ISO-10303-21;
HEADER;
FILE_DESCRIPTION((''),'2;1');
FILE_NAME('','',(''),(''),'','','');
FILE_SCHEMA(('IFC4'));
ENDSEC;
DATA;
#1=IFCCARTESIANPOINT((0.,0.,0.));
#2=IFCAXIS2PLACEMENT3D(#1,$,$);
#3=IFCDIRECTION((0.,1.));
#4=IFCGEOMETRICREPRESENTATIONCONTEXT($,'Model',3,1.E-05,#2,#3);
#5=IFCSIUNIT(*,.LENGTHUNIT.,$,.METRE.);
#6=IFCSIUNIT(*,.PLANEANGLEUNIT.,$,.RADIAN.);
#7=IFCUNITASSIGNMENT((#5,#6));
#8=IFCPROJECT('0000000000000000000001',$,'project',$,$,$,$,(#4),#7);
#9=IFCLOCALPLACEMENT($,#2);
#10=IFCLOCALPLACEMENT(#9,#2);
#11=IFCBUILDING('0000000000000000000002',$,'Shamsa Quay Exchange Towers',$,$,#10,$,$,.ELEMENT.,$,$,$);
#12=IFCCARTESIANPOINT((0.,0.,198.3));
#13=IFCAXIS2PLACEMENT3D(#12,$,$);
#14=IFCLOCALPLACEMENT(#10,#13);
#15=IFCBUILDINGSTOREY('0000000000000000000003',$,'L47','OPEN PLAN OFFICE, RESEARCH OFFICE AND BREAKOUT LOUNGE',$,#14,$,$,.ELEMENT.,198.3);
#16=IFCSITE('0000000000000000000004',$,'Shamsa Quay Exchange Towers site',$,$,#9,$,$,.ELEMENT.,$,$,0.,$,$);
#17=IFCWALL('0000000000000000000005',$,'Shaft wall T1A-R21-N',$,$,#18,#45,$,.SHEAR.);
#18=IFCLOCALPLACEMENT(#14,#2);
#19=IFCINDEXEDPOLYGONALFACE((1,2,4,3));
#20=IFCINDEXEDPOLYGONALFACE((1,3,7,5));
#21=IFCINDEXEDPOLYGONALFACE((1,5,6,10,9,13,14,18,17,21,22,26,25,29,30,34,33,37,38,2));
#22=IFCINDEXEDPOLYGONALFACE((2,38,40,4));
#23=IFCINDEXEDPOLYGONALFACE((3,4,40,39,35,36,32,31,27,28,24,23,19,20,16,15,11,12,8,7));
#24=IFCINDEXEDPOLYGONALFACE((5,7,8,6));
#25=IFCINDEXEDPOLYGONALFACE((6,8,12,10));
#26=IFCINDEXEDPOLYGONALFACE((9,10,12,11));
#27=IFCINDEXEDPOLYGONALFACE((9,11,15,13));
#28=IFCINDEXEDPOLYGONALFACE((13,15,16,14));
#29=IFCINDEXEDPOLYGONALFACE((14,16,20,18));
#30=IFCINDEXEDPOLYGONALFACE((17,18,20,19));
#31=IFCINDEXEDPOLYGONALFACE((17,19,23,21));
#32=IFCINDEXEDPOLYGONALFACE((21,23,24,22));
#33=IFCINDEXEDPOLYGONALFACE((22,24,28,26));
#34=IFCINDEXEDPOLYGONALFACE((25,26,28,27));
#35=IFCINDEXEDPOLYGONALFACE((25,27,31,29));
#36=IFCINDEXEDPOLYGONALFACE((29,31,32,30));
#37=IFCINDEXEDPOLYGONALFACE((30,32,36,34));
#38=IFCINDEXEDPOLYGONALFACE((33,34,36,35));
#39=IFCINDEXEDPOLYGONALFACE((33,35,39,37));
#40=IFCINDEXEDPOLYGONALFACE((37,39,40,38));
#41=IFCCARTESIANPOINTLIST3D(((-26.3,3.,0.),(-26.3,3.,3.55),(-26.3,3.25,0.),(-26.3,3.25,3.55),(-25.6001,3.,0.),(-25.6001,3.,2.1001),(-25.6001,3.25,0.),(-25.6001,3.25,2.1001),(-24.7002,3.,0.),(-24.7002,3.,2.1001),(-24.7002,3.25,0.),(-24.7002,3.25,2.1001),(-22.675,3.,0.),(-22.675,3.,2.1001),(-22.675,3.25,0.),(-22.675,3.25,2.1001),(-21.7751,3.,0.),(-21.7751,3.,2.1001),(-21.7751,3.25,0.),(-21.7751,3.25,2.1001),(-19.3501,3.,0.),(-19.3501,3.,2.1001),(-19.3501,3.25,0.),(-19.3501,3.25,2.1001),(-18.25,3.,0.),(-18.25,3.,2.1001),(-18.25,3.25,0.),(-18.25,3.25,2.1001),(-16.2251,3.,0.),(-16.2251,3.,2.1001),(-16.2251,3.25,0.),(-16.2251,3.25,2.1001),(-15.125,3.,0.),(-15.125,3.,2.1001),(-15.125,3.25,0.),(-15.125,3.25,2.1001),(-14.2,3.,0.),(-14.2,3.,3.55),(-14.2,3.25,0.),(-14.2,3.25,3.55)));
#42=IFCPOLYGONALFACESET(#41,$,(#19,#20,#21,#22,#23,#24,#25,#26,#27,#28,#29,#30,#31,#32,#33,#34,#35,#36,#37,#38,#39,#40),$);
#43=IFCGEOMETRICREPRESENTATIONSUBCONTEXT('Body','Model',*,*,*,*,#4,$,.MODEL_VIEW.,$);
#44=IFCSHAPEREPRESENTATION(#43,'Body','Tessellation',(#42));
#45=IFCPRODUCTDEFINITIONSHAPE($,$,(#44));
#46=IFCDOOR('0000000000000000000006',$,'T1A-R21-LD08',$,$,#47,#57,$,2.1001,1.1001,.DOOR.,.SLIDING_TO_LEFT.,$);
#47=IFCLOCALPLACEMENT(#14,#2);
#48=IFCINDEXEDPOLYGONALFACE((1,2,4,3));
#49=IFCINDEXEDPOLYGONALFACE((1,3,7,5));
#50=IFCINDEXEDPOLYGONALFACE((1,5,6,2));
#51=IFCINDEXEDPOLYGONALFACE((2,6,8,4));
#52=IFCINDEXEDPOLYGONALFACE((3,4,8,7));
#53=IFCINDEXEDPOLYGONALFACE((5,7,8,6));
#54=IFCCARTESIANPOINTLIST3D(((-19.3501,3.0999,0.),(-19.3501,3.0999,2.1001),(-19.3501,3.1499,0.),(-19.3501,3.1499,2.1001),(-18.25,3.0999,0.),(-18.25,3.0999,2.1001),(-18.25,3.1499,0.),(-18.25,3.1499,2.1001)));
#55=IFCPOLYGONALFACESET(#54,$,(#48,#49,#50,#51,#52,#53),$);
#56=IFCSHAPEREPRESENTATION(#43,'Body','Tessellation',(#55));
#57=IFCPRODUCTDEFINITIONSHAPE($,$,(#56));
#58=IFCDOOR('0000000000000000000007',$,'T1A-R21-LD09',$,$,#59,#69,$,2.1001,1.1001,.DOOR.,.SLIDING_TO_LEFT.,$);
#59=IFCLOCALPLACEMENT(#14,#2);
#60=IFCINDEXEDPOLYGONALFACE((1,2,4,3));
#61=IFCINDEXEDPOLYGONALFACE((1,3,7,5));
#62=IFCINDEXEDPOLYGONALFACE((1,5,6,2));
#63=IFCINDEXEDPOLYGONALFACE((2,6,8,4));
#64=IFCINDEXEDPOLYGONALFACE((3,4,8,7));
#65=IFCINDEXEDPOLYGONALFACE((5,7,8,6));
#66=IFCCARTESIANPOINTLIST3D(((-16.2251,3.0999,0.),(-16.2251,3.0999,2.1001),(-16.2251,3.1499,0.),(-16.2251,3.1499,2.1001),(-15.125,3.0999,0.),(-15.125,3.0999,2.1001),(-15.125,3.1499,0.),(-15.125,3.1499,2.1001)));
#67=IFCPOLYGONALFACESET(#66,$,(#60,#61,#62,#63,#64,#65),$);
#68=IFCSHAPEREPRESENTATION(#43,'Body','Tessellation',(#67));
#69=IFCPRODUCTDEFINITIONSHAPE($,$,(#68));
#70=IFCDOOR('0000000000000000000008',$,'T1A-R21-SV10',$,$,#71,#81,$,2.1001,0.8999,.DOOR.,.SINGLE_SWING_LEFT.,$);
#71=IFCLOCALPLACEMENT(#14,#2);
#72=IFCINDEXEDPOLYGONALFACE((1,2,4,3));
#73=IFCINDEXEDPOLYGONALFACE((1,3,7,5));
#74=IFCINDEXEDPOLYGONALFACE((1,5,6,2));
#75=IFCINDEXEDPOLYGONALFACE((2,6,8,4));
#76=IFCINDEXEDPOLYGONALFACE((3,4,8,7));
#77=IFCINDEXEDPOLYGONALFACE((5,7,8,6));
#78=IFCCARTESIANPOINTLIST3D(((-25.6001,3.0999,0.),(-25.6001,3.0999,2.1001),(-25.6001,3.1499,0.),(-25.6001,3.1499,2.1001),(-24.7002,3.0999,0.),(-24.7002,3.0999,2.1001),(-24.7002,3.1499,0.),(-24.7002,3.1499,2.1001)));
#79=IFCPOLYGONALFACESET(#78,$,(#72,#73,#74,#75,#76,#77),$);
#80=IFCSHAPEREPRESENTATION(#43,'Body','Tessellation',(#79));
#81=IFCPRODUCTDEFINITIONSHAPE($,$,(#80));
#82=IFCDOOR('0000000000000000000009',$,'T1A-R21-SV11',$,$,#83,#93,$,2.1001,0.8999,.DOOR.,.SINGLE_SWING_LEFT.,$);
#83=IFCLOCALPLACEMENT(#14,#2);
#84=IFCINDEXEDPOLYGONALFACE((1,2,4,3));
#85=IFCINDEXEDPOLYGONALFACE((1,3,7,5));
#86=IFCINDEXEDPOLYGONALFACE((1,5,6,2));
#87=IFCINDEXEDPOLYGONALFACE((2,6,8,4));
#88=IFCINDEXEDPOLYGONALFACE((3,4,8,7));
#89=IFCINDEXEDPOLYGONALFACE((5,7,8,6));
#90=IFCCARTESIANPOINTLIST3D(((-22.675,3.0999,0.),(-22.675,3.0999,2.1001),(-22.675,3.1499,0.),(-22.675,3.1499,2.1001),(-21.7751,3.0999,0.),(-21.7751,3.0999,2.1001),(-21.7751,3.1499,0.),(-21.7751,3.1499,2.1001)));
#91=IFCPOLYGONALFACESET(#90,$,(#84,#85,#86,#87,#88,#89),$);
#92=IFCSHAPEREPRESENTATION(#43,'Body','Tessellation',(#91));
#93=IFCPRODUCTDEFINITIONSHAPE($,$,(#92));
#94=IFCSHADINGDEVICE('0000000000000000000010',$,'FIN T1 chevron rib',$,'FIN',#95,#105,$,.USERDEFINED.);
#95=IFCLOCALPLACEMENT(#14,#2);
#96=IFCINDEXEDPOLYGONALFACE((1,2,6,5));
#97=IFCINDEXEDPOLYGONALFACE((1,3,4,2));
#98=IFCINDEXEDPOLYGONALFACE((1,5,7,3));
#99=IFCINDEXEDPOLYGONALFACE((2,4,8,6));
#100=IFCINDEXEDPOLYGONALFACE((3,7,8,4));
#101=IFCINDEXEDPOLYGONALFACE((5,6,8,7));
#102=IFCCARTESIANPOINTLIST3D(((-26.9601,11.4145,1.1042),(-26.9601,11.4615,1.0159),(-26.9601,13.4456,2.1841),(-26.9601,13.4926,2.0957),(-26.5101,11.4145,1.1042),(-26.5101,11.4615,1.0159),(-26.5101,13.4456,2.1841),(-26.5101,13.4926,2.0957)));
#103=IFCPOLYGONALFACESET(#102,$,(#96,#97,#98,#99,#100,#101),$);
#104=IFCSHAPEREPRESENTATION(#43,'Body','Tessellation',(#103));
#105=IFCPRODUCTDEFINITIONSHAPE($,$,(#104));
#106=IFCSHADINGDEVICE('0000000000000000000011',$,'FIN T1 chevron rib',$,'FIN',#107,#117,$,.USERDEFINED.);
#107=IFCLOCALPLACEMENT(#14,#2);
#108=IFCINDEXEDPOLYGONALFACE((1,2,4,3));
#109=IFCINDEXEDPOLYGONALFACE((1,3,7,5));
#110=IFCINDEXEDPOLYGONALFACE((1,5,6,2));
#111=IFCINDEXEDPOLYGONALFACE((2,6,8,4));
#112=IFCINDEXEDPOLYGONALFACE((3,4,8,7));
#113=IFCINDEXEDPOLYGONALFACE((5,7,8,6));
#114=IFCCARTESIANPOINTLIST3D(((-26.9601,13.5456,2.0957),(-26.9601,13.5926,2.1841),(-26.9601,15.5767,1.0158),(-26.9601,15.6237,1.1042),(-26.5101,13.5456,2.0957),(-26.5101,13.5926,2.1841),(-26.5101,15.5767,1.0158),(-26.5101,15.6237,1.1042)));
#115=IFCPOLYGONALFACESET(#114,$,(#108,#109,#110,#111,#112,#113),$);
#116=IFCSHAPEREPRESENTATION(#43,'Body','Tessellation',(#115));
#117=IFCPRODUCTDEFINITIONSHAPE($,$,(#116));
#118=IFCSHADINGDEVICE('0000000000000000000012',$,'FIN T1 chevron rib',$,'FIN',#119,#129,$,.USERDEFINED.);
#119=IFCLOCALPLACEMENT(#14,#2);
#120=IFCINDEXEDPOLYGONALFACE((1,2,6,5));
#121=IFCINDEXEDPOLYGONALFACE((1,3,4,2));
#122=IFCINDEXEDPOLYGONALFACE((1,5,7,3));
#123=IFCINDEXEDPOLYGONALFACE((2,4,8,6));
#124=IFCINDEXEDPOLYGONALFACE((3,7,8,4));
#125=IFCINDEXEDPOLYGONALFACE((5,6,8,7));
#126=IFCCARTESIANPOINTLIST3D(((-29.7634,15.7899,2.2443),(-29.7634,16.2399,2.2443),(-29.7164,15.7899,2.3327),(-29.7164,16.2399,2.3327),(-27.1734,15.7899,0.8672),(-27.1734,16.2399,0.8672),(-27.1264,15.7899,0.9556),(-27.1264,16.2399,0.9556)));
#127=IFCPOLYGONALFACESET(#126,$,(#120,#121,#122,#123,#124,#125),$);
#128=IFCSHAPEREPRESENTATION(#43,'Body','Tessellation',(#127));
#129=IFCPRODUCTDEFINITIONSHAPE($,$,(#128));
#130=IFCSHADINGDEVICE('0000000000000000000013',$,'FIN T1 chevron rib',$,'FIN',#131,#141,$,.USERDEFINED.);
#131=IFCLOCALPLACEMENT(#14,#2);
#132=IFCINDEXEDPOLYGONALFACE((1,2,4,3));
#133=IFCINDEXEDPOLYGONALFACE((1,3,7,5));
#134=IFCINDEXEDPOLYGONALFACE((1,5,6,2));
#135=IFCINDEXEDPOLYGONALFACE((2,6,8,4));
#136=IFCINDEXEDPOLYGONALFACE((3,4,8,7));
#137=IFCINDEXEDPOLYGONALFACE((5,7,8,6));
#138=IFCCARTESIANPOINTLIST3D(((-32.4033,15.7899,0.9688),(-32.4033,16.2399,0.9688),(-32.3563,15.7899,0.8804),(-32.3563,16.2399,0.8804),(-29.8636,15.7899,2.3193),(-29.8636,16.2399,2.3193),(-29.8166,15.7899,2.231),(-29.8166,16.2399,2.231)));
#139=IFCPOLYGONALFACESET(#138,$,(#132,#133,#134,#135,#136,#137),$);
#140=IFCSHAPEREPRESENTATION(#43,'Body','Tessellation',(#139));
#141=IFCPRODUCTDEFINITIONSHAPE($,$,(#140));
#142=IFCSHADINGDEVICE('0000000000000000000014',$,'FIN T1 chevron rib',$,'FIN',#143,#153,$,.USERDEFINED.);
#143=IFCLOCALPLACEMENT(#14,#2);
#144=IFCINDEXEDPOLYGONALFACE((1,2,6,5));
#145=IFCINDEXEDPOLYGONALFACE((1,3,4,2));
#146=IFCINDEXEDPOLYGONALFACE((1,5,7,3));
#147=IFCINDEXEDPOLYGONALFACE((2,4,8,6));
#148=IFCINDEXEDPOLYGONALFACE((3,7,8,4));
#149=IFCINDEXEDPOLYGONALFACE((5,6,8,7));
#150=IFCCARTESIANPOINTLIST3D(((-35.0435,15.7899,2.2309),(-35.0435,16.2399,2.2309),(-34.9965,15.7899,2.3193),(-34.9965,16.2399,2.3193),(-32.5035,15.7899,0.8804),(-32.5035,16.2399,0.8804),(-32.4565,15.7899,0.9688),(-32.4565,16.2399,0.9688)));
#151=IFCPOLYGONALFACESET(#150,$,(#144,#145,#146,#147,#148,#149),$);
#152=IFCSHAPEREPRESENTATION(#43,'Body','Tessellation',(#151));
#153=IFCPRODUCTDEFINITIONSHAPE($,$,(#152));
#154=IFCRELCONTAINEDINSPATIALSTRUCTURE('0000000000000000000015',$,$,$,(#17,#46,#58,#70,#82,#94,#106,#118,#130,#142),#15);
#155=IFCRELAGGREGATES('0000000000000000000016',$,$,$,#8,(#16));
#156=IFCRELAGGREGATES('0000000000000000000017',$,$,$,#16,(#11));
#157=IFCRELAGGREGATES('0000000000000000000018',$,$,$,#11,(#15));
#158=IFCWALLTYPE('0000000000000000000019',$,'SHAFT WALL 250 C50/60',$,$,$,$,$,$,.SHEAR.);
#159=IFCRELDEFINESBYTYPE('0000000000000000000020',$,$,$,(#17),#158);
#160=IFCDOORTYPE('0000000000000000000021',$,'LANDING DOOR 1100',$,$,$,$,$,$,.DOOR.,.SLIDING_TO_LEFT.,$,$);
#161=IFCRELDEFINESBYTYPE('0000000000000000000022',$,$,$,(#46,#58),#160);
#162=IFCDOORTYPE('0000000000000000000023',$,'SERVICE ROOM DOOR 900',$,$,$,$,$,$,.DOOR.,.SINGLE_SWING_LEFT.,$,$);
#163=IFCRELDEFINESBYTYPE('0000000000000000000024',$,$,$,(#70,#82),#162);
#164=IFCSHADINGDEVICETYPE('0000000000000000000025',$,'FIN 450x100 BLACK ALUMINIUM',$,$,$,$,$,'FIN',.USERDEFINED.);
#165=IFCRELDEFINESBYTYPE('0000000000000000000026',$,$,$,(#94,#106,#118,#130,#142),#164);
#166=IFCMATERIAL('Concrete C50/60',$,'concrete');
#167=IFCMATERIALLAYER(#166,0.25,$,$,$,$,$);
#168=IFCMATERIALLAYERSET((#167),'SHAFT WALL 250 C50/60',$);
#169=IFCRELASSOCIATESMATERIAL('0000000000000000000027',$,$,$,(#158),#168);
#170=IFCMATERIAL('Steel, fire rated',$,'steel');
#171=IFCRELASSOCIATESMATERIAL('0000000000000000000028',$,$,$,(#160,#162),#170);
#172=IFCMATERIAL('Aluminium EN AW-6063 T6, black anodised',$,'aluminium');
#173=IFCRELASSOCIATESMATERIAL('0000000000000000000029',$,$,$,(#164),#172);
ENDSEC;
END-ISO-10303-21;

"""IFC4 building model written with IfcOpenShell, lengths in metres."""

from ifc_helpers import new_model, si_unit, direction, frame, frame_2d, origin, origin_2d, place, context, subcontext, project, spatial, rectangle, extrude, material, layer, layer_set, material_profile, profile_set, type_object, element, fill, save


model = new_model("IFC4")

# Units and contexts
model_context = context("Model", 3, precision=1e-05, world=origin(), true_north=direction((0.0, 1.0)))
body_context = subcontext(model_context, "Body", "Model", "MODEL_VIEW")
ifc_project = project(units=[si_unit("LENGTHUNIT", "METRE"), si_unit("PLANEANGLEUNIT", "RADIAN")], contexts=[model_context])

# Site, building, storey
site_placement = place(None, origin())
site = spatial("IfcSite", under=ifc_project, at=site_placement, Name="Shamsa Quay Exchange Towers site", CompositionType="ELEMENT", RefElevation=0.0)
building_placement = place(site_placement, origin())
building = spatial("IfcBuilding", under=site, at=building_placement, Name="Shamsa Quay Exchange Towers", CompositionType="ELEMENT")
storey_placement = place(building_placement, frame((0.0, 0.0, 198.3)))
storey = spatial("IfcBuildingStorey", under=building, at=storey_placement, Name="L47", Description="OPEN PLAN OFFICE, RESEARCH OFFICE AND BREAKOUT LOUNGE", CompositionType="ELEMENT", Elevation=198.3)

# Shared definitions
ifc_material_1 = material(Name="Aluminium EN AW-6063 T6, black anodised", Category="aluminium")

# Shared definitions
ifc_material_2 = material(Name="Steel, fire rated", Category="steel")

# Wall, openings, doors
ifc_material_3 = material(Name="Concrete C50/60", Category="concrete")
ifc_layer_1 = layer(ifc_material_3, 0.25)
ifc_layer_set_1 = layer_set([ifc_layer_1], Name="SHAFT WALL 250 C50/60")
wall_type_1 = type_object("IfcWallType", Name="SHAFT WALL 250 C50/60", PredefinedType="SHEAR", material=ifc_layer_set_1)
wall_1_placement = place(storey_placement, frame((-26.3, 3.125, 0.0)))
wall_1 = element("IfcWall", 1, at=wall_1_placement, inside=storey, type_object=wall_type_1, Name="Shaft wall T1A-R21-N", PredefinedType="SHEAR", context=body_context, shape_type="SweptSolid", body=[
    extrude(rectangle(XDim=12.1001, YDim=0.25, at=frame_2d((6.05, 0.0))), origin(), (0.0, 0.0, 1.0), 3.55),
])
opening_1_placement = place(wall_1_placement, frame((6.95, 0.0, 0.0)))
opening_1 = element("IfcOpeningElement", 2, at=opening_1_placement, cuts=wall_1, PredefinedType="OPENING", context=body_context, shape_type="SweptSolid", body=[
    extrude(rectangle(XDim=1.1001, YDim=2.1001, at=frame_2d((0.55, 1.05))), frame((0.0, 0.135, 0.0), z_axis=(0.0, -1.0, 0.0), x_axis=(1.0, 0.0, 0.0)), (0.0, 0.0, 1.0), 0.27),
])
opening_2_placement = place(wall_1_placement, frame((10.075, 0.0, 0.0)))
opening_2 = element("IfcOpeningElement", 3, at=opening_2_placement, cuts=wall_1, PredefinedType="OPENING", context=body_context, shape_type="SweptSolid", body=[
    extrude(rectangle(XDim=1.1001, YDim=2.1001, at=frame_2d((0.55, 1.05))), frame((0.0, 0.135, 0.0), z_axis=(0.0, -1.0, 0.0), x_axis=(1.0, 0.0, 0.0)), (0.0, 0.0, 1.0), 0.27),
])
opening_3_placement = place(wall_1_placement, frame((0.7, 0.0, 0.0)))
opening_3 = element("IfcOpeningElement", 4, at=opening_3_placement, cuts=wall_1, PredefinedType="OPENING", context=body_context, shape_type="SweptSolid", body=[
    extrude(rectangle(XDim=0.8999, YDim=2.1001, at=frame_2d((0.45, 1.05))), frame((0.0, 0.135, 0.0), z_axis=(0.0, -1.0, 0.0), x_axis=(1.0, 0.0, 0.0)), (0.0, 0.0, 1.0), 0.27),
])
opening_4_placement = place(wall_1_placement, frame((3.625, 0.0, 0.0)))
opening_4 = element("IfcOpeningElement", 5, at=opening_4_placement, cuts=wall_1, PredefinedType="OPENING", context=body_context, shape_type="SweptSolid", body=[
    extrude(rectangle(XDim=0.8999, YDim=2.1001, at=frame_2d((0.45, 1.05))), frame((0.0, 0.135, 0.0), z_axis=(0.0, -1.0, 0.0), x_axis=(1.0, 0.0, 0.0)), (0.0, 0.0, 1.0), 0.27),
])
door_type_1 = type_object("IfcDoorType", Name="LANDING DOOR 1100", OperationType="SLIDING_TO_LEFT", PredefinedType="DOOR", material=ifc_material_2)
door_1_placement = place(opening_1_placement, origin())
door_1 = element("IfcDoor", 6, at=door_1_placement, inside=storey, type_object=door_type_1, Name="T1A-R21-LD08", OperationType="SLIDING_TO_LEFT", OverallHeight=2.1001, OverallWidth=1.1001, PredefinedType="DOOR", context=body_context, shape_type="SweptSolid", body=[
    extrude(rectangle(XDim=1.1001, YDim=2.1001, at=frame_2d((0.55, 1.05))), frame((0.0, 0.0249, 0.0), z_axis=(0.0, -1.0, 0.0), x_axis=(1.0, 0.0, 0.0)), (0.0, 0.0, 1.0), 0.05),
])
fill(opening_1, door_1)
door_2_placement = place(opening_2_placement, origin())
door_2 = element("IfcDoor", 7, at=door_2_placement, inside=storey, type_object=door_type_1, Name="T1A-R21-LD09", OperationType="SLIDING_TO_LEFT", OverallHeight=2.1001, OverallWidth=1.1001, PredefinedType="DOOR", context=body_context, shape_type="SweptSolid", body=[
    extrude(rectangle(XDim=1.1001, YDim=2.1001, at=frame_2d((0.55, 1.05))), frame((0.0, 0.0249, 0.0), z_axis=(0.0, -1.0, 0.0), x_axis=(1.0, 0.0, 0.0)), (0.0, 0.0, 1.0), 0.05),
])
fill(opening_2, door_2)
door_type_2 = type_object("IfcDoorType", Name="SERVICE ROOM DOOR 900", OperationType="SINGLE_SWING_LEFT", PredefinedType="DOOR", material=ifc_material_2)
door_3_placement = place(opening_3_placement, origin())
door_3 = element("IfcDoor", 8, at=door_3_placement, inside=storey, type_object=door_type_2, Name="T1A-R21-SV10", OperationType="SINGLE_SWING_LEFT", OverallHeight=2.1001, OverallWidth=0.8999, PredefinedType="DOOR", context=body_context, shape_type="SweptSolid", body=[
    extrude(rectangle(XDim=0.8999, YDim=2.1001, at=frame_2d((0.45, 1.05))), frame((0.0, 0.0249, 0.0), z_axis=(0.0, -1.0, 0.0), x_axis=(1.0, 0.0, 0.0)), (0.0, 0.0, 1.0), 0.05),
])
fill(opening_3, door_3)
door_4_placement = place(opening_4_placement, origin())
door_4 = element("IfcDoor", 9, at=door_4_placement, inside=storey, type_object=door_type_2, Name="T1A-R21-SV11", OperationType="SINGLE_SWING_LEFT", OverallHeight=2.1001, OverallWidth=0.8999, PredefinedType="DOOR", context=body_context, shape_type="SweptSolid", body=[
    extrude(rectangle(XDim=0.8999, YDim=2.1001, at=frame_2d((0.45, 1.05))), frame((0.0, 0.0249, 0.0), z_axis=(0.0, -1.0, 0.0), x_axis=(1.0, 0.0, 0.0)), (0.0, 0.0, 1.0), 0.05),
])
fill(opening_4, door_4)

# Shading devices
ifc_material_profile_1 = material_profile(ifc_material_1, rectangle(XDim=0.45, YDim=0.1001, at=origin_2d()), Name="FIN450x100")
ifc_profile_set_1 = profile_set([ifc_material_profile_1], Name="Aluminium EN AW-6063 T6, black anodised")
shading_device_type = type_object("IfcShadingDeviceType", Name="FIN 450x100 BLACK ALUMINIUM", ElementType="FIN", PredefinedType="USERDEFINED", material=ifc_profile_set_1)
for number, where, z_axis, x_axis, name in (
    (10, (-26.7351, 11.438, 1.0601), (0.0, 0.88296, 0.469448), (-1.0, 0.0, 0.0), "FIN T1 chevron rib"),
    (11, (-26.7351, 13.5691, 2.1399), (0.0, 0.88296, -0.469448), (-1.0, 0.0, 0.0), "FIN T1 chevron rib"),
):
    element("IfcShadingDevice", number, at=place(storey_placement, frame(where, z_axis=z_axis, x_axis=x_axis)), inside=storey, type_object=shading_device_type, Name=name, ObjectType="FIN", PredefinedType="USERDEFINED", context=body_context, shape_type="SweptSolid", body=[
        extrude(rectangle(XDim=0.45, YDim=0.1001, at=origin_2d()), origin(), (0.0, 0.0, 1.0), 2.3003),
    ])
shading_device_1_placement = place(storey_placement, frame((-27.1499, 16.0149, 0.9114), z_axis=(-0.882944, 0.0, 0.469478), x_axis=(0.0, -1.0, 0.0)))
element("IfcShadingDevice", 12, at=shading_device_1_placement, inside=storey, type_object=shading_device_type, Name="FIN T1 chevron rib", ObjectType="FIN", PredefinedType="USERDEFINED", context=body_context, shape_type="SweptSolid", body=[
    extrude(rectangle(XDim=0.45, YDim=0.1001, at=origin_2d()), origin(), (0.0, 0.0, 1.0), 2.9333),
])
shading_device_2_placement = place(storey_placement, frame((-29.8401, 16.0149, 2.2751), z_axis=(-0.882926, 0.0, -0.469513), x_axis=(0.0, -1.0, 0.0)))
element("IfcShadingDevice", 13, at=shading_device_2_placement, inside=storey, type_object=shading_device_type, Name="FIN T1 chevron rib", ObjectType="FIN", PredefinedType="USERDEFINED", context=body_context, shape_type="SweptSolid", body=[
    extrude(rectangle(XDim=0.45, YDim=0.1001, at=origin_2d()), origin(), (0.0, 0.0, 1.0), 2.8765),
])
shading_device_3_placement = place(storey_placement, frame((-32.48, 16.0149, 0.9246), z_axis=(-0.882944, 0.0, 0.469478), x_axis=(0.0, -1.0, 0.0)))
element("IfcShadingDevice", 14, at=shading_device_3_placement, inside=storey, type_object=shading_device_type, Name="FIN T1 chevron rib", ObjectType="FIN", PredefinedType="USERDEFINED", context=body_context, shape_type="SweptSolid", body=[
    extrude(rectangle(XDim=0.45, YDim=0.1001, at=origin_2d()), origin(), (0.0, 0.0, 1.0), 2.8767),
])

save(model, "model.ifc")
